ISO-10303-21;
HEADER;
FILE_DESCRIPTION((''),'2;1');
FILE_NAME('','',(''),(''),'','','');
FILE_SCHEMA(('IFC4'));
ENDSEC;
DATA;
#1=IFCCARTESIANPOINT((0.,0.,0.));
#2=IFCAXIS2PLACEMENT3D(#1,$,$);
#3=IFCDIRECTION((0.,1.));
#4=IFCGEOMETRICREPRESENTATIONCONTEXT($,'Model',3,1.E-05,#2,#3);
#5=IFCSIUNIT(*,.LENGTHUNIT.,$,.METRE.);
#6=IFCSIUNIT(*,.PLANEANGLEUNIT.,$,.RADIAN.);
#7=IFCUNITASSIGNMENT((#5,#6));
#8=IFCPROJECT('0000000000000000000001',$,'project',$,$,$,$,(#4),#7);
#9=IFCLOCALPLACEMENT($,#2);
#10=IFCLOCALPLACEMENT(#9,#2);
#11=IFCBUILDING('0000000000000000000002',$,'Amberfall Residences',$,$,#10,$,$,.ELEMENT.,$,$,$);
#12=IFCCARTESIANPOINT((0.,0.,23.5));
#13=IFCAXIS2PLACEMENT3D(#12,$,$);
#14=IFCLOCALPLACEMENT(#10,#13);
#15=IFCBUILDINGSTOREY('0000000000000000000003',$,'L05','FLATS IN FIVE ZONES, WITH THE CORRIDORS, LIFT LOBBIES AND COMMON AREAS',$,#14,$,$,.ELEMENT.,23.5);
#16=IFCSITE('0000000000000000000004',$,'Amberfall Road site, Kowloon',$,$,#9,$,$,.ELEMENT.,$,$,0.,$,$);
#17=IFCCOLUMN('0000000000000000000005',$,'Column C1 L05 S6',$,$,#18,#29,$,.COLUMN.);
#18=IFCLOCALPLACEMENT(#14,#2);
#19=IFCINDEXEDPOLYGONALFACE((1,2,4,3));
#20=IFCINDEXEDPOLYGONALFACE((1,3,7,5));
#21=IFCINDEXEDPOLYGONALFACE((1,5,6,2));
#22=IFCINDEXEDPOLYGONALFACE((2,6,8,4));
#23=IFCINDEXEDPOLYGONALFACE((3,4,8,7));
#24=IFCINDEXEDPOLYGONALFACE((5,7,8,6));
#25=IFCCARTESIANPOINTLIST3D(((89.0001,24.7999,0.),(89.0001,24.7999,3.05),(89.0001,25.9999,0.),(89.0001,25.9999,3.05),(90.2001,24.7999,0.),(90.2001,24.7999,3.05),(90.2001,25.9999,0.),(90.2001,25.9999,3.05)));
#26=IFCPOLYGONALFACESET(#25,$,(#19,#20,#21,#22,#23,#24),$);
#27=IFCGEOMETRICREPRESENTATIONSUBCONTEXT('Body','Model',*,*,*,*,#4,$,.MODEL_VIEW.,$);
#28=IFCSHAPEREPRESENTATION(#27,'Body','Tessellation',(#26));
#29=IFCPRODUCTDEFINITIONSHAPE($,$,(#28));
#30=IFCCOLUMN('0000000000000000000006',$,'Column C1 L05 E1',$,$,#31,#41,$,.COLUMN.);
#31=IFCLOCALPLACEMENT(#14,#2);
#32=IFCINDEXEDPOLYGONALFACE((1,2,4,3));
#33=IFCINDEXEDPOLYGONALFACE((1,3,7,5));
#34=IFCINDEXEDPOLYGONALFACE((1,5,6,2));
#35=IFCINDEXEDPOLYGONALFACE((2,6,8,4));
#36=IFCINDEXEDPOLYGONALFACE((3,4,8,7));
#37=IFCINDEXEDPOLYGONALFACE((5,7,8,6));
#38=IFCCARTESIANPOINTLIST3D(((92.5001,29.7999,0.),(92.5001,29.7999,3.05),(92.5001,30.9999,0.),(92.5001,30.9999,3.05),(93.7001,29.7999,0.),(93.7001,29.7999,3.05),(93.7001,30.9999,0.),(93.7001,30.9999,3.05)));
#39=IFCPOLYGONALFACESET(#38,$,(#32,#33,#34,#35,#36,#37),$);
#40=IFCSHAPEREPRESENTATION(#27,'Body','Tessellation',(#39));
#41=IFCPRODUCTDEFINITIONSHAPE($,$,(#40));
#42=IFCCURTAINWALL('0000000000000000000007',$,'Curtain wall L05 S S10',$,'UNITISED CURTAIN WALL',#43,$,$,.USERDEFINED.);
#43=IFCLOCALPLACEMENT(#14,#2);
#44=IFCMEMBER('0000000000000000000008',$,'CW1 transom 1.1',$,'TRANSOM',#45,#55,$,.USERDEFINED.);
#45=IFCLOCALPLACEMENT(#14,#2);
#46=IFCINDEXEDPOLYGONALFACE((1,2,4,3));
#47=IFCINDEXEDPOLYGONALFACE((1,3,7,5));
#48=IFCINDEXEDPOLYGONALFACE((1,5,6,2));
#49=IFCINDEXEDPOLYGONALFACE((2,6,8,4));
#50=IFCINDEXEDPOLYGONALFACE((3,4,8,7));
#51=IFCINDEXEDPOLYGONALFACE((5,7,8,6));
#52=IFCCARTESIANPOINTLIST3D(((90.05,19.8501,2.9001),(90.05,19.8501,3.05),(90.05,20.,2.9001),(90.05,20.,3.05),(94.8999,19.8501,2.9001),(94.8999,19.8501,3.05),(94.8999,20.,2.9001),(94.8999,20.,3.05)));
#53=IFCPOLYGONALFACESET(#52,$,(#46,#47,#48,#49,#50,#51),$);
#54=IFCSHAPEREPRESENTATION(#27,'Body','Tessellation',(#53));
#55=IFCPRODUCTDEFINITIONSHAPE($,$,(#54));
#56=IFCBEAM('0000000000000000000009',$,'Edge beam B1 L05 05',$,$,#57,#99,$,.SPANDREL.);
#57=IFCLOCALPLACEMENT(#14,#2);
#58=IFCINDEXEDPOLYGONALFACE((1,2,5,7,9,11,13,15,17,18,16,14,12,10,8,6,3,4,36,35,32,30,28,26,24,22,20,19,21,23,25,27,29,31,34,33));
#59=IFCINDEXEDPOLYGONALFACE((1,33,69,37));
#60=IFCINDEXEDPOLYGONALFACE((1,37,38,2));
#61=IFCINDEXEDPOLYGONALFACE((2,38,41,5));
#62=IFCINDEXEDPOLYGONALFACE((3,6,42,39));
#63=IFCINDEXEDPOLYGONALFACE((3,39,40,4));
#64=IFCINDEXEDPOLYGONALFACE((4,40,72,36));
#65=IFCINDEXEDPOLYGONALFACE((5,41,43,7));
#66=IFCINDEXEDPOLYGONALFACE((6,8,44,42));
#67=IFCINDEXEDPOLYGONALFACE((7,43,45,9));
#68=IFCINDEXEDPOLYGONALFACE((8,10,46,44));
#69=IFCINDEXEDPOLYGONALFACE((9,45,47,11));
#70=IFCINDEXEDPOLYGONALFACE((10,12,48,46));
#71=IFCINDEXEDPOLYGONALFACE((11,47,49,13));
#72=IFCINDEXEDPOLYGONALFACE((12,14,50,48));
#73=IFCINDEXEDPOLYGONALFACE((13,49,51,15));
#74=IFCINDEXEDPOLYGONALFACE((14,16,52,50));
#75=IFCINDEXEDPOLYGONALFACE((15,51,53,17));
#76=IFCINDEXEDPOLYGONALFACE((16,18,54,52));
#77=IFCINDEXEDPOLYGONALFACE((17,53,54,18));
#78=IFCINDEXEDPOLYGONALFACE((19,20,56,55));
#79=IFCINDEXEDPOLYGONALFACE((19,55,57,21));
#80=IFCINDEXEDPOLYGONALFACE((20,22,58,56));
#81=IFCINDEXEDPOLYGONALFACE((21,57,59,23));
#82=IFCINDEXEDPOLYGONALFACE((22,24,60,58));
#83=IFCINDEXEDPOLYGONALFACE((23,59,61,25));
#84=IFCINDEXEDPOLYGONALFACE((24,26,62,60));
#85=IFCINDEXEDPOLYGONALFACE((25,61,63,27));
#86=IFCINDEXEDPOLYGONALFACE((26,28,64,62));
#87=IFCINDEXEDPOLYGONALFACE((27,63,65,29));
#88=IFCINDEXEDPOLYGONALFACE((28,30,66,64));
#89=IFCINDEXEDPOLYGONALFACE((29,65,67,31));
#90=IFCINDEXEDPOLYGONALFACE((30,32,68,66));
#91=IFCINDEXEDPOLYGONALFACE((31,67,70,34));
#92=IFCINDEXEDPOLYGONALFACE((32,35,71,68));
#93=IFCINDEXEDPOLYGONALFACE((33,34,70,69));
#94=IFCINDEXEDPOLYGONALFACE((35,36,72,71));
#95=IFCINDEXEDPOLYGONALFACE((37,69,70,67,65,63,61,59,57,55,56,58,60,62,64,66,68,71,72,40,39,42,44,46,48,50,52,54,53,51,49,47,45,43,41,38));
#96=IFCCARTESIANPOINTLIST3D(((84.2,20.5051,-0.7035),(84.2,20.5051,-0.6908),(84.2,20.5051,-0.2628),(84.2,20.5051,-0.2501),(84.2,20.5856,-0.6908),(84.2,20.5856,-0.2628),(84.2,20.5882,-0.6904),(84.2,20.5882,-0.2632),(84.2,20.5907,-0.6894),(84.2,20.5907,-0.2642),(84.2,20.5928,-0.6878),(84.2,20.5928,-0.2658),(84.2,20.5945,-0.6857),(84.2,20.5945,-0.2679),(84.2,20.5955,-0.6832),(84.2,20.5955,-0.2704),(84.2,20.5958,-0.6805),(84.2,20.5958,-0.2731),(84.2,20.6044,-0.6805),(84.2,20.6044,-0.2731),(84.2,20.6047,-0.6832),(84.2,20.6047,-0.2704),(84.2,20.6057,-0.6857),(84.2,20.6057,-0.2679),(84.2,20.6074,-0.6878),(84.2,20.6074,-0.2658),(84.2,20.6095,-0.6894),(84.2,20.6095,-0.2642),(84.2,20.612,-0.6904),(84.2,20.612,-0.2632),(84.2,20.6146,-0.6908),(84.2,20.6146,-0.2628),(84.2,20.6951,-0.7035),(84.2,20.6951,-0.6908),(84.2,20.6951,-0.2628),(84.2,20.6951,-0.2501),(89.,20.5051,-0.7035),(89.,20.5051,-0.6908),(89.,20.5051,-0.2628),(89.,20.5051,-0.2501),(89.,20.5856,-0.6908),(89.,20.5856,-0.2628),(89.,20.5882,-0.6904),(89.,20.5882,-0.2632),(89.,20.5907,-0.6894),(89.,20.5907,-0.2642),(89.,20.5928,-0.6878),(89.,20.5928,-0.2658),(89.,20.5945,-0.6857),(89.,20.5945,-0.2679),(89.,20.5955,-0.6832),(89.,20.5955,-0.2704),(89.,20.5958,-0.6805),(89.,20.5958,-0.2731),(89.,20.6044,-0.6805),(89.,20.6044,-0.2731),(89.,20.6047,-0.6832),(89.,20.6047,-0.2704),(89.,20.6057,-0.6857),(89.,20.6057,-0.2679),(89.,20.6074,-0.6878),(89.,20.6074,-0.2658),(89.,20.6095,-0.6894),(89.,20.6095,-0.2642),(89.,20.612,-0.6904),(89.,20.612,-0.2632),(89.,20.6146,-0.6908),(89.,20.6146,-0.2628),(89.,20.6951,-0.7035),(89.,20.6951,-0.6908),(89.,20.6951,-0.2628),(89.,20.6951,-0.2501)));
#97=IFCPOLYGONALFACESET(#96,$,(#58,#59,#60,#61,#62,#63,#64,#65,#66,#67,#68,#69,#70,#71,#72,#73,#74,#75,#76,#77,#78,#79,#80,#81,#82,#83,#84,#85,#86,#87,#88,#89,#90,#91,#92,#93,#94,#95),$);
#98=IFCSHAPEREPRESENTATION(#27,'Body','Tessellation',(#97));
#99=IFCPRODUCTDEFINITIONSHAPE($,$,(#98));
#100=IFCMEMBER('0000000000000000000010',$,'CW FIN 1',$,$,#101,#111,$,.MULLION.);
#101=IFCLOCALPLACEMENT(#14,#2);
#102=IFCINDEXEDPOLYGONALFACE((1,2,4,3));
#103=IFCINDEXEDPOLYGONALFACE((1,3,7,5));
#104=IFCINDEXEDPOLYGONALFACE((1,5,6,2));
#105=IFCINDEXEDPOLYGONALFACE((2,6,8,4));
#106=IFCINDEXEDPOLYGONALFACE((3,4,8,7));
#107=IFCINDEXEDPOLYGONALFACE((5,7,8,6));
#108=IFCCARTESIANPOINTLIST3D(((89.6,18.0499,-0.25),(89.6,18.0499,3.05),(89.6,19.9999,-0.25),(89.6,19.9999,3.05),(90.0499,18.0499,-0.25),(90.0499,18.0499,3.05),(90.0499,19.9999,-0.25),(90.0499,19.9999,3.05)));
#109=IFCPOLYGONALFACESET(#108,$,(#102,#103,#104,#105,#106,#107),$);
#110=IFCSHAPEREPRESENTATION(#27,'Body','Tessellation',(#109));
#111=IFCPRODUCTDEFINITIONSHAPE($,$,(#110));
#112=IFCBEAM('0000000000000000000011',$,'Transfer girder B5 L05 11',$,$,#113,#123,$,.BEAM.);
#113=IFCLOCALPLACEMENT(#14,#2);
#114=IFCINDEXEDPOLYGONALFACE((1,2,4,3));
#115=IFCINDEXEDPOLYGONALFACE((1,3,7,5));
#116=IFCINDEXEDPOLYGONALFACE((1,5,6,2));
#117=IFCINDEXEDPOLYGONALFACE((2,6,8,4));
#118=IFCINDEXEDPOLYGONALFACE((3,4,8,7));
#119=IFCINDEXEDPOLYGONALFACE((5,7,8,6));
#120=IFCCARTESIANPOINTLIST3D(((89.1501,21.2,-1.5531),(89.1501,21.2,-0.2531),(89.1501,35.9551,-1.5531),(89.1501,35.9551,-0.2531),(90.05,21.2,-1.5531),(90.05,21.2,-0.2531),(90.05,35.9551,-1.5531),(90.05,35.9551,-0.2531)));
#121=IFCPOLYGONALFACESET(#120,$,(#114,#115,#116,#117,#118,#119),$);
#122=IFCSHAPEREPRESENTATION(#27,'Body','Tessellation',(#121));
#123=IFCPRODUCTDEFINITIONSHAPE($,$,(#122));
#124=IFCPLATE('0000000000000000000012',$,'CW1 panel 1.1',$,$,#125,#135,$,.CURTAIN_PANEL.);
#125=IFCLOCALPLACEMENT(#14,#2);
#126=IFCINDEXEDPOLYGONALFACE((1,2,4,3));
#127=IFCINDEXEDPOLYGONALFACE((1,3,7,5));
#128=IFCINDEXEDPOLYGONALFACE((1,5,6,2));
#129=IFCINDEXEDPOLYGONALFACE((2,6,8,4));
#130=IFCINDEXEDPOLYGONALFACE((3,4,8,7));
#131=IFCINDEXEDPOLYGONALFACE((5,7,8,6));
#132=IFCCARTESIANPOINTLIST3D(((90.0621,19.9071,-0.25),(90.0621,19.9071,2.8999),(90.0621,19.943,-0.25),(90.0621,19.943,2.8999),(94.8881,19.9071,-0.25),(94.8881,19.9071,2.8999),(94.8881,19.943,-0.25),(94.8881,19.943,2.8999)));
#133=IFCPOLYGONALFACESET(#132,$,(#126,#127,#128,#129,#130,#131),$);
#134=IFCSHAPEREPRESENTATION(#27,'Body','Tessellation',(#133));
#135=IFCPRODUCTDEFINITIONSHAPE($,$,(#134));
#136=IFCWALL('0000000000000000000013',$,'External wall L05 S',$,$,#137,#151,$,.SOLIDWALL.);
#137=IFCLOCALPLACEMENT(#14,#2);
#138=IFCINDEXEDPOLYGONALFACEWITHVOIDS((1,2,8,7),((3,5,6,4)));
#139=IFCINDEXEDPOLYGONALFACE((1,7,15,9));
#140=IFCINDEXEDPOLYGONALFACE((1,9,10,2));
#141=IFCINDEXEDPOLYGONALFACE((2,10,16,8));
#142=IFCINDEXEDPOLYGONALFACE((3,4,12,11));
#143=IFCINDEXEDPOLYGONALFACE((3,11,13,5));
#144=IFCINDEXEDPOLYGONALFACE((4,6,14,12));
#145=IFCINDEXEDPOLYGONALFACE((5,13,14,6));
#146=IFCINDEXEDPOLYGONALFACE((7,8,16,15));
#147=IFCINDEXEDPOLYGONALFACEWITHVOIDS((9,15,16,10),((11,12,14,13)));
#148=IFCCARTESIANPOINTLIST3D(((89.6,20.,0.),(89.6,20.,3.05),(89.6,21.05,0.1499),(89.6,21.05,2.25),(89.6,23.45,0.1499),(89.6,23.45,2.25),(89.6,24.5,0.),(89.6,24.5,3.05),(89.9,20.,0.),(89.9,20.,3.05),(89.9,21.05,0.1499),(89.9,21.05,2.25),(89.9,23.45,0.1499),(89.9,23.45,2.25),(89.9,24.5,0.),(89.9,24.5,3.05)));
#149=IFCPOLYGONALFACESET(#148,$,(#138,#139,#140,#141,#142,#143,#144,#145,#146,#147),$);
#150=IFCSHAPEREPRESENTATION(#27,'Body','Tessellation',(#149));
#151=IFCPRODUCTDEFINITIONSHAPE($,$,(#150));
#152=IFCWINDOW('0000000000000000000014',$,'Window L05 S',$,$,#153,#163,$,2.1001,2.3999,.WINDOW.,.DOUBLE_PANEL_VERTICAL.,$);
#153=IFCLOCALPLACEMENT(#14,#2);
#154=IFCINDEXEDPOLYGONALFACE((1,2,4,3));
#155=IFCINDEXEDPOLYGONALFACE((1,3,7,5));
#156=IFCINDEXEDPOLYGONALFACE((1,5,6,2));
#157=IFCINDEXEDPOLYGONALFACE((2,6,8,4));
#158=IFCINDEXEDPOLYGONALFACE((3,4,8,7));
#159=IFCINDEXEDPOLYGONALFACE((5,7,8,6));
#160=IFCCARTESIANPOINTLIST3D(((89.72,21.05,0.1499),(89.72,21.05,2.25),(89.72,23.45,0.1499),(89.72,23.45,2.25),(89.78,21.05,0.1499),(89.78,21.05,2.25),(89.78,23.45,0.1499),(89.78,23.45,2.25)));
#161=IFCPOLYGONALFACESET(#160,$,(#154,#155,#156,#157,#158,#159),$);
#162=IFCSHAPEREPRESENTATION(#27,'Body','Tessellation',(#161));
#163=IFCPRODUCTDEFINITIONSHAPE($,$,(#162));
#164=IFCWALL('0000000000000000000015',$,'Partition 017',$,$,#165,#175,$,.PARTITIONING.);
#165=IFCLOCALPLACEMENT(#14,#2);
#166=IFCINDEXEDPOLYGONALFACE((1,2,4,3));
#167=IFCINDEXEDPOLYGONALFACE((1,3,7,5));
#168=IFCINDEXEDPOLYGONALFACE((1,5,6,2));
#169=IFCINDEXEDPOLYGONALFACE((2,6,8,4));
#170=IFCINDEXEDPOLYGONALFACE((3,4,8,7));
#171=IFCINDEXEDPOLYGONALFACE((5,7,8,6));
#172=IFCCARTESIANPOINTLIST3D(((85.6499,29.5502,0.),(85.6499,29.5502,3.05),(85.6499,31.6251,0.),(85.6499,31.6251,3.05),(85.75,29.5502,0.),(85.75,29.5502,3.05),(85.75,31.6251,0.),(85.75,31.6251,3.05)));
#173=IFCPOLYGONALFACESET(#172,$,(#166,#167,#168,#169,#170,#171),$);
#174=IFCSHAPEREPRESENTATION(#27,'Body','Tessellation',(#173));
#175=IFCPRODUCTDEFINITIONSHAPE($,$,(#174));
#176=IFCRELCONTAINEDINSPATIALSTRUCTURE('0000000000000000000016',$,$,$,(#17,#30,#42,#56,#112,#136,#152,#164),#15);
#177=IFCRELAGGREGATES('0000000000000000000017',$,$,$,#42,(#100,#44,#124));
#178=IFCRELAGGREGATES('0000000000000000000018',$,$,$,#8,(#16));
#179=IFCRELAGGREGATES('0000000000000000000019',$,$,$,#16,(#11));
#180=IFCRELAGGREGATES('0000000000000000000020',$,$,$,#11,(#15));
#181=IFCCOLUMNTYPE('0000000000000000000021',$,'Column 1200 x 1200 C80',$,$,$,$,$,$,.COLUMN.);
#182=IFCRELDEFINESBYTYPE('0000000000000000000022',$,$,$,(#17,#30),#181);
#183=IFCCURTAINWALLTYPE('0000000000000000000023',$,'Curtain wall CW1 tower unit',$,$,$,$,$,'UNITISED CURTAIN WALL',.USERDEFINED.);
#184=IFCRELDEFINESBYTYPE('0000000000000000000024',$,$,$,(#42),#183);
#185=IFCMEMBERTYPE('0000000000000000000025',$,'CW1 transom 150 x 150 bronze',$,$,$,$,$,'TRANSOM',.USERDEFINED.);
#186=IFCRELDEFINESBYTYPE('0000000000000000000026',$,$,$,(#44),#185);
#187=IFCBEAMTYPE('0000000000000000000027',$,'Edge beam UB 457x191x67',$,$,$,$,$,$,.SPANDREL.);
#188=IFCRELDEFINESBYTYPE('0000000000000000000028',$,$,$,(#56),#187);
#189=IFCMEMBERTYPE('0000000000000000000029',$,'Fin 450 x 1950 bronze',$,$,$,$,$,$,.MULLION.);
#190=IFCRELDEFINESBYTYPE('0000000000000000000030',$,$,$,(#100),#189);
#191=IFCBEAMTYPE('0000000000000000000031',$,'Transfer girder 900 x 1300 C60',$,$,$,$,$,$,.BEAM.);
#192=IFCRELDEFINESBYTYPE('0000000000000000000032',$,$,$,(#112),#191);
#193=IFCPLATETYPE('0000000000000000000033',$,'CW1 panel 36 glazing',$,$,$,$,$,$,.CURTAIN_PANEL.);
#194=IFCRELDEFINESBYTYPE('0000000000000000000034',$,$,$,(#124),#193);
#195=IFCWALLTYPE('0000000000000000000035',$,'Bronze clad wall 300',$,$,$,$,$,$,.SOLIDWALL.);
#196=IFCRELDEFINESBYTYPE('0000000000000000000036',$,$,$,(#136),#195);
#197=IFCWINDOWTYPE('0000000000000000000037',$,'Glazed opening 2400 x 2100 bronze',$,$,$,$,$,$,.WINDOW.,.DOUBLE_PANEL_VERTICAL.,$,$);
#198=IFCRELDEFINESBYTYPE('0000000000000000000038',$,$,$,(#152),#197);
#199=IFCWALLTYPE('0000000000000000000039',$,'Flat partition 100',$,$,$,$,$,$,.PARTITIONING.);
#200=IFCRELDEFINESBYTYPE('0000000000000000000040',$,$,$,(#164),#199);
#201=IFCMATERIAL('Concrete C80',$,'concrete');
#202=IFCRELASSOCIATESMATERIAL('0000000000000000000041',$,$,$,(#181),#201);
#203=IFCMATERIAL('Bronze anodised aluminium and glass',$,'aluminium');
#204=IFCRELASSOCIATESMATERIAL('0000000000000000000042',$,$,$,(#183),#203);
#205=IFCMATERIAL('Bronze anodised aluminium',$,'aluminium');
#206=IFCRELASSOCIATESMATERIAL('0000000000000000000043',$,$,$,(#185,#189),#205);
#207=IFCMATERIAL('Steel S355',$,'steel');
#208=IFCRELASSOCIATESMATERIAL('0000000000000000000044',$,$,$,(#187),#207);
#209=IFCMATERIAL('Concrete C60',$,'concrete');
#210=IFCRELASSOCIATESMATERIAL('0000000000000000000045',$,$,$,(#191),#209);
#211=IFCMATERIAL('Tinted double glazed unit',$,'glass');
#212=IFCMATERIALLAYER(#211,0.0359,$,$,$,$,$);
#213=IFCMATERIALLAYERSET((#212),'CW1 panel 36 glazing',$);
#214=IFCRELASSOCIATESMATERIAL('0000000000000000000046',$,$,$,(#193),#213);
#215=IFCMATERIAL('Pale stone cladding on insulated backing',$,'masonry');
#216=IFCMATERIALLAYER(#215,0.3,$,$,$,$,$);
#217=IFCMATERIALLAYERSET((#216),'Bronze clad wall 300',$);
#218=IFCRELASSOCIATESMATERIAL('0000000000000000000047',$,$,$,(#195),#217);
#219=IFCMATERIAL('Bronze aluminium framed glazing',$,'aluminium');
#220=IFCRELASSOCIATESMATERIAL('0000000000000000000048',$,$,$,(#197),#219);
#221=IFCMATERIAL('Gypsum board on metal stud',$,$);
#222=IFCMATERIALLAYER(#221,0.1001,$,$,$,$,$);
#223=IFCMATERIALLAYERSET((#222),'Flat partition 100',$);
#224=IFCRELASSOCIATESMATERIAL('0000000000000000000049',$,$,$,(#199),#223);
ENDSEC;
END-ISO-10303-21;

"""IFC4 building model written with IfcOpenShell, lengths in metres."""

from ifc_helpers import new_model, si_unit, direction, frame, frame_2d, origin, origin_2d, place, context, subcontext, project, spatial, rectangle, i_section, extrude, material, layer, layer_set, material_profile, profile_set, type_object, element, fill, aggregate, save


model = new_model("IFC4")

# Units and contexts
model_context = context("Model", 3, precision=1e-05, world=origin(), true_north=direction((0.0, 1.0)))
body_context = subcontext(model_context, "Body", "Model", "MODEL_VIEW")
ifc_project = project(units=[si_unit("LENGTHUNIT", "METRE"), si_unit("PLANEANGLEUNIT", "RADIAN")], contexts=[model_context])

# Site, building, storey
site_placement = place(None, origin())
site = spatial("IfcSite", under=ifc_project, at=site_placement, Name="Amberfall Road site, Kowloon", CompositionType="ELEMENT", RefElevation=0.0)
building_placement = place(site_placement, origin())
building = spatial("IfcBuilding", under=site, at=building_placement, Name="Amberfall Residences", CompositionType="ELEMENT")
storey_placement = place(building_placement, frame((0.0, 0.0, 23.5)))
storey = spatial("IfcBuildingStorey", under=building, at=storey_placement, Name="L05", Description="FLATS IN FIVE ZONES, WITH THE CORRIDORS, LIFT LOBBIES AND COMMON AREAS", CompositionType="ELEMENT", Elevation=23.5)

# Columns
ifc_material_1 = material(Name="Concrete C80", Category="concrete")
ifc_material_profile_1 = material_profile(ifc_material_1, rectangle(XDim=1.2, YDim=1.2, at=origin_2d()), Name="Column 1200 x 1200 C80")
ifc_profile_set_1 = profile_set([ifc_material_profile_1], Name="Concrete C80")
column_type = type_object("IfcColumnType", Name="Column 1200 x 1200 C80", PredefinedType="COLUMN", material=ifc_profile_set_1)
for number, where, z_axis, x_axis, name in (
    (1, (89.6001, 25.3999, 0.0), (0.0, 0.0, 1.0), (1.0, 0.0, 0.0), "Column C1 L05 S6"),
    (2, (93.1001, 30.3999, 0.0), (0.0, 0.0, 1.0), (1.0, 0.0, 0.0), "Column C1 L05 E1"),
):
    element("IfcColumn", number, at=place(storey_placement, frame(where, z_axis=z_axis, x_axis=x_axis)), inside=storey, type_object=column_type, Name=name, PredefinedType="COLUMN", context=body_context, shape_type="SweptSolid", body=[
        extrude(rectangle(XDim=1.2, YDim=1.2, at=origin_2d()), origin(), (0.0, 0.0, 1.0), 3.05),
    ])

# Curtain wall, member
ifc_material_2 = material(Name="Bronze anodised aluminium and glass", Category="aluminium")
curtain_wall_type = type_object("IfcCurtainWallType", Name="Curtain wall CW1 tower unit", ElementType="UNITISED CURTAIN WALL", PredefinedType="USERDEFINED", material=ifc_material_2)
curtain_wall_placement = place(storey_placement, origin())
curtain_wall = element("IfcCurtainWall", 3, at=curtain_wall_placement, inside=storey, type_object=curtain_wall_type, Name="Curtain wall L05 S S10", ObjectType="UNITISED CURTAIN WALL", PredefinedType="USERDEFINED")
ifc_material_3 = material(Name="Bronze anodised aluminium", Category="aluminium")
ifc_material_profile_2 = material_profile(ifc_material_3, rectangle(XDim=0.1499, YDim=0.1499, at=origin_2d()), Name="CW1 transom 150 x 150 bronze")
ifc_profile_set_2 = profile_set([ifc_material_profile_2], Name="Bronze anodised aluminium")
member_type_1 = type_object("IfcMemberType", Name="CW1 transom 150 x 150 bronze", ElementType="TRANSOM", PredefinedType="USERDEFINED", material=ifc_profile_set_2)
member_1_placement = place(storey_placement, frame((90.05, 19.925, 2.9751), z_axis=(1.0, 0.0, 0.0), x_axis=(0.0, 1.0, 0.0)))
member_1 = element("IfcMember", 4, at=member_1_placement, type_object=member_type_1, Name="CW1 transom 1.1", ObjectType="TRANSOM", PredefinedType="USERDEFINED", context=body_context, shape_type="SweptSolid", body=[
    extrude(rectangle(XDim=0.1499, YDim=0.1499, at=origin_2d()), origin(), (0.0, 0.0, 1.0), 4.8499),
])

# Beam
ifc_material_4 = material(Name="Steel S355", Category="steel")
ifc_material_profile_3 = material_profile(ifc_material_4, i_section(OverallWidth=0.1899, OverallDepth=0.4534, WebThickness=0.0085, FlangeThickness=0.0127, FilletRadius=0.0103, at=origin_2d()), Name="UB 457x191x67")
ifc_profile_set_3 = profile_set([ifc_material_profile_3], Name="Steel S355")
beam_type_1 = type_object("IfcBeamType", Name="Edge beam UB 457x191x67", PredefinedType="SPANDREL", material=ifc_profile_set_3)
beam_1_placement = place(storey_placement, frame((84.2, 20.6001, -0.4768), z_axis=(1.0, 0.0, 0.0), x_axis=(0.0, 1.0, 0.0)))
element("IfcBeam", 5, at=beam_1_placement, inside=storey, type_object=beam_type_1, Name="Edge beam B1 L05 05", PredefinedType="SPANDREL", context=body_context, shape_type="SweptSolid", body=[
    extrude(i_section(OverallWidth=0.1899, OverallDepth=0.4534, WebThickness=0.0085, FlangeThickness=0.0127, FilletRadius=0.0103, at=origin_2d()), origin(), (0.0, 0.0, 1.0), 4.8),
])

# Member
ifc_material_profile_4 = material_profile(ifc_material_3, rectangle(XDim=1.95, YDim=0.45, at=origin_2d()), Name="Fin 450 x 1950 bronze")
ifc_profile_set_4 = profile_set([ifc_material_profile_4], Name="Bronze anodised aluminium")
member_type_2 = type_object("IfcMemberType", Name="Fin 450 x 1950 bronze", PredefinedType="MULLION", material=ifc_profile_set_4)
member_2_placement = place(storey_placement, frame((89.825, 19.0249, -0.25), z_axis=(0.0, 0.0, 1.0), x_axis=(0.0, 1.0, 0.0)))
member_2 = element("IfcMember", 6, at=member_2_placement, type_object=member_type_2, Name="CW FIN 1", PredefinedType="MULLION", context=body_context, shape_type="SweptSolid", body=[
    extrude(rectangle(XDim=1.95, YDim=0.45, at=origin_2d()), origin(), (0.0, 0.0, 1.0), 3.3),
])

# Beam
ifc_material_5 = material(Name="Concrete C60", Category="concrete")
ifc_material_profile_5 = material_profile(ifc_material_5, rectangle(XDim=0.8999, YDim=1.3, at=origin_2d()), Name="Transfer girder 900 x 1300 C60")
ifc_profile_set_5 = profile_set([ifc_material_profile_5], Name="Concrete C60")
beam_type_2 = type_object("IfcBeamType", Name="Transfer girder 900 x 1300 C60", PredefinedType="BEAM", material=ifc_profile_set_5)
beam_2_placement = place(storey_placement, frame((89.6001, 21.2, -0.9031), z_axis=(0.0, 1.0, 0.0), x_axis=(-1.0, 0.0, 0.0)))
element("IfcBeam", 7, at=beam_2_placement, inside=storey, type_object=beam_type_2, Name="Transfer girder B5 L05 11", PredefinedType="BEAM", context=body_context, shape_type="SweptSolid", body=[
    extrude(rectangle(XDim=0.8999, YDim=1.3, at=origin_2d()), origin(), (0.0, 0.0, 1.0), 14.7551),
])

# Plate
ifc_material_6 = material(Name="Tinted double glazed unit", Category="glass")
ifc_layer_1 = layer(ifc_material_6, 0.0359)
ifc_layer_set_1 = layer_set([ifc_layer_1], Name="CW1 panel 36 glazing")
plate_type = type_object("IfcPlateType", Name="CW1 panel 36 glazing", PredefinedType="CURTAIN_PANEL", material=ifc_layer_set_1)
plate_placement = place(storey_placement, frame((92.4751, 19.925, -0.25), z_axis=(0.0, 0.0, 1.0), x_axis=(1.0, 0.0, 0.0)))
plate = element("IfcPlate", 8, at=plate_placement, type_object=plate_type, Name="CW1 panel 1.1", PredefinedType="CURTAIN_PANEL", context=body_context, shape_type="SweptSolid", body=[
    extrude(rectangle(XDim=4.8259, YDim=0.0359, at=origin_2d()), origin(), (0.0, 0.0, 1.0), 3.1499),
])
aggregate(curtain_wall, [member_2, member_1, plate])

# Wall, opening, window
ifc_material_7 = material(Name="Pale stone cladding on insulated backing", Category="masonry")
ifc_layer_2 = layer(ifc_material_7, 0.3)
ifc_layer_set_2 = layer_set([ifc_layer_2], Name="Bronze clad wall 300")
wall_type_1 = type_object("IfcWallType", Name="Bronze clad wall 300", PredefinedType="SOLIDWALL", material=ifc_layer_set_2)
wall_1_placement = place(storey_placement, frame((89.75, 24.5, 0.0), z_axis=(0.0, 0.0, 1.0), x_axis=(0.0, -1.0, 0.0)))
wall_1 = element("IfcWall", 9, at=wall_1_placement, inside=storey, type_object=wall_type_1, Name="External wall L05 S", PredefinedType="SOLIDWALL", context=body_context, shape_type="SweptSolid", body=[
    extrude(rectangle(XDim=4.5, YDim=0.3, at=frame_2d((2.25, 0.0))), origin(), (0.0, 0.0, 1.0), 3.05),
])
opening_1_placement = place(wall_1_placement, frame((1.05, 0.0, 0.1499)))
opening_1 = element("IfcOpeningElement", 10, at=opening_1_placement, cuts=wall_1, PredefinedType="OPENING", context=body_context, shape_type="SweptSolid", body=[
    extrude(rectangle(XDim=2.3999, YDim=2.1001, at=frame_2d((1.2, 1.05))), frame((0.0, 0.1599, 0.0), z_axis=(0.0, -1.0, 0.0), x_axis=(1.0, 0.0, 0.0)), (0.0, 0.0, 1.0), 0.3201),
])
ifc_material_8 = material(Name="Bronze aluminium framed glazing", Category="aluminium")
window_type = type_object("IfcWindowType", Name="Glazed opening 2400 x 2100 bronze", PartitioningType="DOUBLE_PANEL_VERTICAL", PredefinedType="WINDOW", material=ifc_material_8)
window_placement = place(opening_1_placement, origin())
window = element("IfcWindow", 11, at=window_placement, inside=storey, type_object=window_type, Name="Window L05 S", OverallHeight=2.1001, OverallWidth=2.3999, PartitioningType="DOUBLE_PANEL_VERTICAL", PredefinedType="WINDOW", context=body_context, shape_type="SweptSolid", body=[
    extrude(rectangle(XDim=2.3999, YDim=2.1001, at=frame_2d((1.2, 1.05))), frame((0.0, 0.03, 0.0), z_axis=(0.0, -1.0, 0.0), x_axis=(1.0, 0.0, 0.0)), (0.0, 0.0, 1.0), 0.0601),
])
fill(opening_1, window)

# Wall
ifc_material_9 = material(Name="Gypsum board on metal stud")
ifc_layer_3 = layer(ifc_material_9, 0.1001)
ifc_layer_set_3 = layer_set([ifc_layer_3], Name="Flat partition 100")
wall_type_2 = type_object("IfcWallType", Name="Flat partition 100", PredefinedType="PARTITIONING", material=ifc_layer_set_3)
for number, where, z_axis, x_axis, name in (
    (12, (85.7, 29.55, 0.0), (0.0, 0.0, 1.0), (0.0, 1.0, 0.0), "Partition 017"),
):
    element("IfcWall", number, at=place(storey_placement, frame(where, z_axis=z_axis, x_axis=x_axis)), inside=storey, type_object=wall_type_2, Name=name, PredefinedType="PARTITIONING", context=body_context, shape_type="SweptSolid", body=[
        extrude(rectangle(XDim=2.075, YDim=0.1001, at=frame_2d((1.0376, 0.0))), origin(), (0.0, 0.0, 1.0), 3.05),
    ])

save(model, "model.ifc")
